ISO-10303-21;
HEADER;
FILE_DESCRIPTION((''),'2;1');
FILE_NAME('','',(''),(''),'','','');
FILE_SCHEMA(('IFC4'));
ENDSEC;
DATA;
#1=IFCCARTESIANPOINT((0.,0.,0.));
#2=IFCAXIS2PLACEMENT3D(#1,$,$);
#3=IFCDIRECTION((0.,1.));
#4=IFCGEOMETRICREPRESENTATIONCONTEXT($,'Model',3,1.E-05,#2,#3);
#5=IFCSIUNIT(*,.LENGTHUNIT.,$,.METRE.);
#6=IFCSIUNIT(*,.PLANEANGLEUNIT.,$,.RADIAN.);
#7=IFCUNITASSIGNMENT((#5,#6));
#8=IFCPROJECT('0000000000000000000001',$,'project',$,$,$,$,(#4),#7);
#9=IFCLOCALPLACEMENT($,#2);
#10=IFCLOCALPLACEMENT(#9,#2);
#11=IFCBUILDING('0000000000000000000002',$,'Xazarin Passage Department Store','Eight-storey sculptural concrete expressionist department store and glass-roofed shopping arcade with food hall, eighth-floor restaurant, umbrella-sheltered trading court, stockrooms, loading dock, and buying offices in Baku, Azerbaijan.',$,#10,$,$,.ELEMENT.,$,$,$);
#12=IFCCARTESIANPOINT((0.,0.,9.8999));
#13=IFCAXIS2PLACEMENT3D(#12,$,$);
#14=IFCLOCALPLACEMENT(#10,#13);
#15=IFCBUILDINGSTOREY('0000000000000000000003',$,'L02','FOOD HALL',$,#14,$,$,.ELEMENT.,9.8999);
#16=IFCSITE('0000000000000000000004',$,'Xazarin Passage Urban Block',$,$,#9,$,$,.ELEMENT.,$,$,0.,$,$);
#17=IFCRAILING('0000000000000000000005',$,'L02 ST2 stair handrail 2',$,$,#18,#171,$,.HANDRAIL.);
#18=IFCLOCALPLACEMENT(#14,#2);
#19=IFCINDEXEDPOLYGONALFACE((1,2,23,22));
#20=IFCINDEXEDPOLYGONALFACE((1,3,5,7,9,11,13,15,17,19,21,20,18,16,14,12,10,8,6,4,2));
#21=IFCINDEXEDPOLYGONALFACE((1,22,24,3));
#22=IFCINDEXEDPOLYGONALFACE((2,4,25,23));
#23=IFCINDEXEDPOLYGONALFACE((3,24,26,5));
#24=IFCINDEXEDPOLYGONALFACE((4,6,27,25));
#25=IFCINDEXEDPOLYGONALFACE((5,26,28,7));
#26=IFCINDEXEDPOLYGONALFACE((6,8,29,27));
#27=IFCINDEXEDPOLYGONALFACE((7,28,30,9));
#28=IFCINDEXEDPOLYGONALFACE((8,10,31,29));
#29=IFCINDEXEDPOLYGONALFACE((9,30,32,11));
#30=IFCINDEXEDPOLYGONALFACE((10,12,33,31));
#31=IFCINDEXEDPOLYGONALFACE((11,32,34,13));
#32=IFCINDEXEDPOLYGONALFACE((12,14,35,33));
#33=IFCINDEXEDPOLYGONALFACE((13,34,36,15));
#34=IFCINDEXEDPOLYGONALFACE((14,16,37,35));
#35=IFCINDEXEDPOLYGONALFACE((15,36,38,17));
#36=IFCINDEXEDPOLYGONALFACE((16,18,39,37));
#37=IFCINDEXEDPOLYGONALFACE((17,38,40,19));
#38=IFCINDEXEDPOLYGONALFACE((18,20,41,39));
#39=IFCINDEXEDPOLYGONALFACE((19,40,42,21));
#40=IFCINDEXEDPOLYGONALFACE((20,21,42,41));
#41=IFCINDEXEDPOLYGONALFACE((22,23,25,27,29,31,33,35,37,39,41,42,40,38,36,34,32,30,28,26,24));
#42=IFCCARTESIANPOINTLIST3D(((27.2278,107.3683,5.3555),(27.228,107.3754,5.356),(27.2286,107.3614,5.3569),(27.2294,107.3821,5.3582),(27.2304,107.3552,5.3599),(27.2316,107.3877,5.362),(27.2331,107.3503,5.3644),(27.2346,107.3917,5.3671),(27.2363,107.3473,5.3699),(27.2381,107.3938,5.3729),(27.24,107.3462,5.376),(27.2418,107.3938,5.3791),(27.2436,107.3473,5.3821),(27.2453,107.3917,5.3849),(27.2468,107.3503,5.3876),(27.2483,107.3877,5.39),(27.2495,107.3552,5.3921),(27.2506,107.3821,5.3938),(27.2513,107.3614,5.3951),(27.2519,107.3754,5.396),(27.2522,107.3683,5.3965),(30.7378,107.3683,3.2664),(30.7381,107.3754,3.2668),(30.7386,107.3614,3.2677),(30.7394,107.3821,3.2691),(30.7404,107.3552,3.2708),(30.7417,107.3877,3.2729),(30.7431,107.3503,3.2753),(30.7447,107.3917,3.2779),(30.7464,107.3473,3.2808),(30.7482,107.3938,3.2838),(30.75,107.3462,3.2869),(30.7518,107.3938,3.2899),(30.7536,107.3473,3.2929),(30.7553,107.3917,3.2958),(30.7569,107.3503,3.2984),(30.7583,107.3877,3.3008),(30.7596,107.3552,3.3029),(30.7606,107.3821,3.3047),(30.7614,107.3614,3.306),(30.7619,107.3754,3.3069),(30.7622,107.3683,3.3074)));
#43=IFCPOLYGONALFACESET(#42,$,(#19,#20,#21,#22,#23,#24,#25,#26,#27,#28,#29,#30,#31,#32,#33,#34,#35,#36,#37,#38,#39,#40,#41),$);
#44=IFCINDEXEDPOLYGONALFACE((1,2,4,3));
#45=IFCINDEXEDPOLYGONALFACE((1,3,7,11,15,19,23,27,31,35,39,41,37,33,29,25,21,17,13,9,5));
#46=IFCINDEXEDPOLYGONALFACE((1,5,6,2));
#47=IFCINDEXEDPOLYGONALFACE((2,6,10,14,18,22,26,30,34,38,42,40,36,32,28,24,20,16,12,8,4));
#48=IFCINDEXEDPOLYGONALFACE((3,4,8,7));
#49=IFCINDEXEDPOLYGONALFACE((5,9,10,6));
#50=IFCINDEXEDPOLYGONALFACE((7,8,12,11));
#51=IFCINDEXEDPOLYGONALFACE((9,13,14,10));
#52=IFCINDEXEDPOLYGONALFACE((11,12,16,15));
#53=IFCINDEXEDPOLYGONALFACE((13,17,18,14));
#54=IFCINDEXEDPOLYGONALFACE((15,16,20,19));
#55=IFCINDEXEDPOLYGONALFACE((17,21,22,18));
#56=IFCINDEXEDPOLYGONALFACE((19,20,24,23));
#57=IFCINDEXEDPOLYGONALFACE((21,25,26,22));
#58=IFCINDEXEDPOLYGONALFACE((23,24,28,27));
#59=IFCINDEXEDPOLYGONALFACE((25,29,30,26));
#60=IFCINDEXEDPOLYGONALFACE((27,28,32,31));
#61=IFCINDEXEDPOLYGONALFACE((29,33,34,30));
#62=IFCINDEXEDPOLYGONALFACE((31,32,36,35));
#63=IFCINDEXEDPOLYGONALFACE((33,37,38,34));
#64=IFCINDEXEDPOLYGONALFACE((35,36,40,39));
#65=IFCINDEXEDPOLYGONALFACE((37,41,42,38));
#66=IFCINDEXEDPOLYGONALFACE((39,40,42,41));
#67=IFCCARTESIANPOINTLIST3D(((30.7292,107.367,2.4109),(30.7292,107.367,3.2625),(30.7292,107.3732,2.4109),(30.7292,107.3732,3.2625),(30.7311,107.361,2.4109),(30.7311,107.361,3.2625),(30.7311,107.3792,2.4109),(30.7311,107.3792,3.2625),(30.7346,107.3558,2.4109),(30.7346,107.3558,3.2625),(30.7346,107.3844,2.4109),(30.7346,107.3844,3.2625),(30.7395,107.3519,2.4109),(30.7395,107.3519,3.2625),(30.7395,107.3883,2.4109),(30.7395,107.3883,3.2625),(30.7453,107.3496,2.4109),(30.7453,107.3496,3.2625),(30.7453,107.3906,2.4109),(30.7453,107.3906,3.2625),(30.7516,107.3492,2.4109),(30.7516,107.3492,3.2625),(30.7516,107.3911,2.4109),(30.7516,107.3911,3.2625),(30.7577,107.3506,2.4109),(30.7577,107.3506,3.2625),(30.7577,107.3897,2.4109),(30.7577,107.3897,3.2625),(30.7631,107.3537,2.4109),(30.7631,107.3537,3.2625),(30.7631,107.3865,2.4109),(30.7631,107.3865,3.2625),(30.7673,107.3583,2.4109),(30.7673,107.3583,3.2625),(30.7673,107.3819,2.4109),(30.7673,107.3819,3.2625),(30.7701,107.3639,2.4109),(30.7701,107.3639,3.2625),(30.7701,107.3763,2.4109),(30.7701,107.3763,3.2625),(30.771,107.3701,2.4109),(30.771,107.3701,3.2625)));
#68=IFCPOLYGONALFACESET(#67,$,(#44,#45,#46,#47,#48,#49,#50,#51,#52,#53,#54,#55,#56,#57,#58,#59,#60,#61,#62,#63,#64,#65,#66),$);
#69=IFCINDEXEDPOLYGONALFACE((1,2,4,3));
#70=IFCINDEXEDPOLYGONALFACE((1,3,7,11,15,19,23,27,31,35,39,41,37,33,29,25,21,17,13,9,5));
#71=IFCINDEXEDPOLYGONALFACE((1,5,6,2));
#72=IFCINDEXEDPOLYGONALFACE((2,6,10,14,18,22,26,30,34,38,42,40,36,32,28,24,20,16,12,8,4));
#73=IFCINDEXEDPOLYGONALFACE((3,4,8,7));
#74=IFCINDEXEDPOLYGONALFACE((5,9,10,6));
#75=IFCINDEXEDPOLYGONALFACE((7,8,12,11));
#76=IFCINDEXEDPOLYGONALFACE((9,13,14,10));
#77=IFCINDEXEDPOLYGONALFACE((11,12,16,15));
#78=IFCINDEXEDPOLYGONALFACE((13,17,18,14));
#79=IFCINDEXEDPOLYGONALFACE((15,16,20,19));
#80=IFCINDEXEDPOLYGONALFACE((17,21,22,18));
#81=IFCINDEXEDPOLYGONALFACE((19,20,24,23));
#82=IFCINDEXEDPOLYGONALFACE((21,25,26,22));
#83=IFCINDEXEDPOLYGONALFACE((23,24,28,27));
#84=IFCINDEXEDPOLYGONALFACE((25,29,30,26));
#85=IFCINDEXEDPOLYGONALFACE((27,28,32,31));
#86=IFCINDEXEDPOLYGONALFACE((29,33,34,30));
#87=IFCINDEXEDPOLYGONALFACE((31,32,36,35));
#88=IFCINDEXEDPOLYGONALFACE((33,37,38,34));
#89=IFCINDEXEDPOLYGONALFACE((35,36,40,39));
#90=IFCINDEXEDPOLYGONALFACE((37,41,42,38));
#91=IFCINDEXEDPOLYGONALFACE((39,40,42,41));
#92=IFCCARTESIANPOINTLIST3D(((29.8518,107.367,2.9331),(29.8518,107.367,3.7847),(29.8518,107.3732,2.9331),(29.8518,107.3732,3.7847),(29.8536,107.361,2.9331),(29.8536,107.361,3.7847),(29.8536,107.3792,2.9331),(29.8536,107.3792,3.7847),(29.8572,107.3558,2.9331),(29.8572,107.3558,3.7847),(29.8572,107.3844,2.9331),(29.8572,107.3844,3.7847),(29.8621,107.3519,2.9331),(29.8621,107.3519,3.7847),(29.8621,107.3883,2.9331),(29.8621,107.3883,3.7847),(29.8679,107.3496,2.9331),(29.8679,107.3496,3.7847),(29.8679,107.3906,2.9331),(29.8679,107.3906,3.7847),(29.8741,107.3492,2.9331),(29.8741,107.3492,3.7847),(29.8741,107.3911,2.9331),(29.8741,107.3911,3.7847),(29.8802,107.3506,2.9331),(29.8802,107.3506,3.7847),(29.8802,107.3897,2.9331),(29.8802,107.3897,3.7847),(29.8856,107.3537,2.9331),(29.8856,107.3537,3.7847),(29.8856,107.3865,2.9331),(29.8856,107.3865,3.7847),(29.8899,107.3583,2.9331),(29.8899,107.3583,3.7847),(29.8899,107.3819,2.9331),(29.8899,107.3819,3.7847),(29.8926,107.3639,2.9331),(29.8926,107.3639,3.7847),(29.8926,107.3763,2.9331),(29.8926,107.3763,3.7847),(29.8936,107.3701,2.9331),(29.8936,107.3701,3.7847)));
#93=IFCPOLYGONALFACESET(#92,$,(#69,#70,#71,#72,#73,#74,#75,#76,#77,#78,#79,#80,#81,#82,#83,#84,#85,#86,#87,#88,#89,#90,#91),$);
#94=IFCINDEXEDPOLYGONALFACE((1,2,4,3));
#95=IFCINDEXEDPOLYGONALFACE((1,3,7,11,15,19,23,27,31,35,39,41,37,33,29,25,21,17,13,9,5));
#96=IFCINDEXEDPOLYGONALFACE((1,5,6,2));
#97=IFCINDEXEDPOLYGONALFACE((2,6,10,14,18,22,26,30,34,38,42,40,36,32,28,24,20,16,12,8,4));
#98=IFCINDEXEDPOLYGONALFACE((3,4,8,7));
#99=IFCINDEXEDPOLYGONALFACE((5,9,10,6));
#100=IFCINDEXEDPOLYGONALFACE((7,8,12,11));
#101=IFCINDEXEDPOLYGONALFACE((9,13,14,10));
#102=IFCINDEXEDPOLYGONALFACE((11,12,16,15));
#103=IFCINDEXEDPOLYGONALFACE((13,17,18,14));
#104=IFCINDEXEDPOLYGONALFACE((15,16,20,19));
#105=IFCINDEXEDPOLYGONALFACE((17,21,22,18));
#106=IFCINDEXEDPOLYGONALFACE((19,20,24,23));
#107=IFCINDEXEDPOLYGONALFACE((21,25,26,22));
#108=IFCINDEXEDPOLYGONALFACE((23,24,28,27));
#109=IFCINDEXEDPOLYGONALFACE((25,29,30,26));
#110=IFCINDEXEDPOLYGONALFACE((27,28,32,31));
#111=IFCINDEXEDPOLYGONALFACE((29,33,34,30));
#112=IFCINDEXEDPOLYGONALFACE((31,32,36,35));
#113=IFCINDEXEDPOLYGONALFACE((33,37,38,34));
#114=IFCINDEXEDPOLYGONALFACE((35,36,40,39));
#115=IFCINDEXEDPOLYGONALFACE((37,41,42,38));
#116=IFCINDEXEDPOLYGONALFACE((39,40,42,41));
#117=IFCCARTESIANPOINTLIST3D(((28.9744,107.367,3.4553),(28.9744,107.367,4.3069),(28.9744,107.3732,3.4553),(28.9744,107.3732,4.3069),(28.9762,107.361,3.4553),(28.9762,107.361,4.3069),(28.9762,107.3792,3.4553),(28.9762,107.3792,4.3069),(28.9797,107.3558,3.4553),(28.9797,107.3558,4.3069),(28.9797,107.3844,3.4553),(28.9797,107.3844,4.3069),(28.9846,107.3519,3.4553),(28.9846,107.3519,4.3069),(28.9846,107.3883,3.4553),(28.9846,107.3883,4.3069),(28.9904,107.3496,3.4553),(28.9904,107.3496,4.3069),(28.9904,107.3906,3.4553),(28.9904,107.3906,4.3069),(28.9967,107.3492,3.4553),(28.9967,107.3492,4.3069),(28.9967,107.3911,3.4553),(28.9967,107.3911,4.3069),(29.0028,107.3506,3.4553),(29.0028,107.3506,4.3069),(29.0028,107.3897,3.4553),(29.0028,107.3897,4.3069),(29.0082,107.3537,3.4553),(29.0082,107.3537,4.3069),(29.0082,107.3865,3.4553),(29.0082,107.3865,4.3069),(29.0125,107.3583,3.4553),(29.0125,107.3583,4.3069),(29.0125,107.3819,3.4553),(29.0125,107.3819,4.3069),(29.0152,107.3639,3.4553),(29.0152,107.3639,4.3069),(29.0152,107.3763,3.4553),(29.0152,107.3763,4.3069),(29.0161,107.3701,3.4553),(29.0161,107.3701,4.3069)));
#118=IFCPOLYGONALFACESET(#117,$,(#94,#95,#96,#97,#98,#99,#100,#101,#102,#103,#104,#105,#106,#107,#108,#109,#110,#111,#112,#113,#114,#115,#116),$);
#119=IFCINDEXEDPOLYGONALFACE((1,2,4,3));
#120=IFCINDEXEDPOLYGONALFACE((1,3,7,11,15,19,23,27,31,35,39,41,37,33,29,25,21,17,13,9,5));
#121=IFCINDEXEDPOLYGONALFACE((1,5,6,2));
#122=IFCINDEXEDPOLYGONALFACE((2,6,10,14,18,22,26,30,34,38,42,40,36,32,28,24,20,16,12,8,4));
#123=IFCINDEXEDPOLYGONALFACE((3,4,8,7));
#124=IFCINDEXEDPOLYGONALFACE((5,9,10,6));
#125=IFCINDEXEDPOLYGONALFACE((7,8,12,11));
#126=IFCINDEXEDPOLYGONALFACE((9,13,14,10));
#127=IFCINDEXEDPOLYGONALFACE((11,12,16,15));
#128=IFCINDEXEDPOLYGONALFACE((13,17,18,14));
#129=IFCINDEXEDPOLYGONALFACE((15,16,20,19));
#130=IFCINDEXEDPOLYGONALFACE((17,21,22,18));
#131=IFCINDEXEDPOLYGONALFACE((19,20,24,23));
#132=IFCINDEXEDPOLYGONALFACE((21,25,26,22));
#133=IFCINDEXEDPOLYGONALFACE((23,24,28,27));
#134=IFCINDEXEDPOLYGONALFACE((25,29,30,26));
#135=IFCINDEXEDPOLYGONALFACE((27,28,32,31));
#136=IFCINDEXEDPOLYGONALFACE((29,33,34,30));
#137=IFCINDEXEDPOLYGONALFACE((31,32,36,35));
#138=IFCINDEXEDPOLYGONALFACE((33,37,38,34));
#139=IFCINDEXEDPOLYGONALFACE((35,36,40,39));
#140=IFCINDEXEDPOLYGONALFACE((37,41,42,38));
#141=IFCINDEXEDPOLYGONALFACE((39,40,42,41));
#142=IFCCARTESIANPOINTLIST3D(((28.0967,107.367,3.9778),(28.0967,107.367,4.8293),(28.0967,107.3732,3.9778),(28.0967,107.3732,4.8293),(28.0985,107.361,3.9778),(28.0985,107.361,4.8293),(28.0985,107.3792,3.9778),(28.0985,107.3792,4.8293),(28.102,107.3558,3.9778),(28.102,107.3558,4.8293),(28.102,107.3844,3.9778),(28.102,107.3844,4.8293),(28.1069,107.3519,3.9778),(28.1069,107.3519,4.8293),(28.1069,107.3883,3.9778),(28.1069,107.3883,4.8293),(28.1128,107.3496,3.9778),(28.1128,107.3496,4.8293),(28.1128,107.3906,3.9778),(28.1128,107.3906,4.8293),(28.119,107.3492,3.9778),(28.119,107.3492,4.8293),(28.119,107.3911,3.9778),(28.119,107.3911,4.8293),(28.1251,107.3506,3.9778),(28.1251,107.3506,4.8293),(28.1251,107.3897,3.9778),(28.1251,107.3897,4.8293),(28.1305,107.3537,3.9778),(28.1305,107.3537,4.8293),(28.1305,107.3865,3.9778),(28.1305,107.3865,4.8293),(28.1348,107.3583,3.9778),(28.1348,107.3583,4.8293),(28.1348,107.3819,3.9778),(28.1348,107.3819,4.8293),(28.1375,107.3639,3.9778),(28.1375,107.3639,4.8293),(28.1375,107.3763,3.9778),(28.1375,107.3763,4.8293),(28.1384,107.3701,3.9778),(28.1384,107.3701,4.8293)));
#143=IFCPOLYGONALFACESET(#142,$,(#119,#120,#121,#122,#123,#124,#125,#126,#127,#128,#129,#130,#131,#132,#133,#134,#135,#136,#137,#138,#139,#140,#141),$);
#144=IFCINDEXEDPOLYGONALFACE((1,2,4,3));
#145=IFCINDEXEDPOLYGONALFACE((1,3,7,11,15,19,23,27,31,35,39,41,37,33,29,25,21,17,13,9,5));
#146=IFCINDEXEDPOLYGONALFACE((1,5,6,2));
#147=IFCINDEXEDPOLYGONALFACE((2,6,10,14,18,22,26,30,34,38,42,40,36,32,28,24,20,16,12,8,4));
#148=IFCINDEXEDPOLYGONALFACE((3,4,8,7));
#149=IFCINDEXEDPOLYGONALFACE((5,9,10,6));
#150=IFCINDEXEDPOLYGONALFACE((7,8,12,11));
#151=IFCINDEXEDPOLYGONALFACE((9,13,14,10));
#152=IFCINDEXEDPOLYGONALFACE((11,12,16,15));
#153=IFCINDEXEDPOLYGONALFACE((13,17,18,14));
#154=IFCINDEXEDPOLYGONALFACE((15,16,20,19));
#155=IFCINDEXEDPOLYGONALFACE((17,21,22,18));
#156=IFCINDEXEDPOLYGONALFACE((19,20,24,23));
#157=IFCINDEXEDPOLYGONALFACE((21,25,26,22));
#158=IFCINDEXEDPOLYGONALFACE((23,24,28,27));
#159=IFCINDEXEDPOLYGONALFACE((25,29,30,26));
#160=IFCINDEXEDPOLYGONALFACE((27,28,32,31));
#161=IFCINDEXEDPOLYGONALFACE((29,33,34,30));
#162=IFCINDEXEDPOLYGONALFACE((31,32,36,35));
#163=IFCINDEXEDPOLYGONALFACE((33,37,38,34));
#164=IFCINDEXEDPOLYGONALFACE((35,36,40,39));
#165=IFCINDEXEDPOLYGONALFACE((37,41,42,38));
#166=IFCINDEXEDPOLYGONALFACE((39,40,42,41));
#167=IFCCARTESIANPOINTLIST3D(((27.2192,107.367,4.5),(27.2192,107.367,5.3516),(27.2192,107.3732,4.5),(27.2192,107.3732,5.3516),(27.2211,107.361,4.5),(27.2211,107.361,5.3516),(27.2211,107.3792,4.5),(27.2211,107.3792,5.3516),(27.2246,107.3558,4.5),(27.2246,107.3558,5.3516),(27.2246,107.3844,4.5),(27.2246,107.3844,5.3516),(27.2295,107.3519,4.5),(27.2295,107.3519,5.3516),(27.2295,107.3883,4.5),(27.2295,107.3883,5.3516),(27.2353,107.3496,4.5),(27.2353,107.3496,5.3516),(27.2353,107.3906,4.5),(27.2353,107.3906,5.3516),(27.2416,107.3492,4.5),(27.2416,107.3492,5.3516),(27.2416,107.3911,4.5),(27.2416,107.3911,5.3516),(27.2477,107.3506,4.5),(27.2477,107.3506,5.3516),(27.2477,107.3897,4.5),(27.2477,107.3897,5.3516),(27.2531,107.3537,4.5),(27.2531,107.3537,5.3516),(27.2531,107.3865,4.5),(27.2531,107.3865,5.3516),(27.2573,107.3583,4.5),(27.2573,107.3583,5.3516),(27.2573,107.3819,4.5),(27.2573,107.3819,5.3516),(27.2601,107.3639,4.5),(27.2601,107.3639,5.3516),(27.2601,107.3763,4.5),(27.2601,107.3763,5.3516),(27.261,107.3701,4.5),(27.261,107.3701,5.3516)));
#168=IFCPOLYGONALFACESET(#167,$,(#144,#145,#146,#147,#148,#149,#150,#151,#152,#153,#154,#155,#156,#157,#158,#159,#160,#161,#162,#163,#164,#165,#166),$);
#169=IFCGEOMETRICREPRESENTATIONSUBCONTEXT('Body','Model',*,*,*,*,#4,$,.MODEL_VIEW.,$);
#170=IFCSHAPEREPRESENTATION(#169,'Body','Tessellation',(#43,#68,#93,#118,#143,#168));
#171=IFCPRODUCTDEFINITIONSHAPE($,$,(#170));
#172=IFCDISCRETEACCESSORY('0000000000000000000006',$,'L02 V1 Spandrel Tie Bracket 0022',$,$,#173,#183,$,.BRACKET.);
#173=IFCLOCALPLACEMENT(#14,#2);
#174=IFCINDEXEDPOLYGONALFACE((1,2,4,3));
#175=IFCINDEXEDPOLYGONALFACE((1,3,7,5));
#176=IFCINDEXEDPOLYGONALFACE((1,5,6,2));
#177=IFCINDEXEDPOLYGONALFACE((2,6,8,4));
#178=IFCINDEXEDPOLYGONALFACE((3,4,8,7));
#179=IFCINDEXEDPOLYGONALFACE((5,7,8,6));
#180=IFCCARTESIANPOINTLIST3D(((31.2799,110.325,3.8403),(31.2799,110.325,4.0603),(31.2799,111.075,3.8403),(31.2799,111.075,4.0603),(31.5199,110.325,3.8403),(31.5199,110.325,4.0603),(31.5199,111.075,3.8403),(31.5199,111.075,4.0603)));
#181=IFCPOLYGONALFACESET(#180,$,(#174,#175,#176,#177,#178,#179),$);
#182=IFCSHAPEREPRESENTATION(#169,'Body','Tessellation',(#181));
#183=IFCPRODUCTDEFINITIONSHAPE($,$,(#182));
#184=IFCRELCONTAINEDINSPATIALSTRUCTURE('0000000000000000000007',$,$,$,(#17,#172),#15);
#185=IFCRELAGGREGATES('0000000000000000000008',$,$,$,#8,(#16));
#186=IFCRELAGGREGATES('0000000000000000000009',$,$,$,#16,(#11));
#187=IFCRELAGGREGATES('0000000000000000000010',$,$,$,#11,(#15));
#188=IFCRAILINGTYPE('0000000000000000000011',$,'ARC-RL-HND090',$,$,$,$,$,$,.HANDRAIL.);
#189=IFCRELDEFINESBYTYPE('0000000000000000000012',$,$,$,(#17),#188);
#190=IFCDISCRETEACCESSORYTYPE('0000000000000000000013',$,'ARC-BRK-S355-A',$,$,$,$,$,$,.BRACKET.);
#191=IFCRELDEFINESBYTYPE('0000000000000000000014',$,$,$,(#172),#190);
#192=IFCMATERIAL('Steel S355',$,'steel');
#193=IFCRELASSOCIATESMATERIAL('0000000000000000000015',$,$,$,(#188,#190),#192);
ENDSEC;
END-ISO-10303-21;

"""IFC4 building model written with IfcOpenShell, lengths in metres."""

from ifc_helpers import new_model, si_unit, direction, frame, origin, origin_2d, place, context, subcontext, project, spatial, rectangle, circle, extrude, material, type_object, element, save


model = new_model("IFC4")

# Units and contexts
model_context = context("Model", 3, precision=1e-05, world=origin(), true_north=direction((0.0, 1.0)))
body_context = subcontext(model_context, "Body", "Model", "MODEL_VIEW")
ifc_project = project(units=[si_unit("LENGTHUNIT", "METRE"), si_unit("PLANEANGLEUNIT", "RADIAN")], contexts=[model_context])

# Site, building, storey
site_placement = place(None, origin())
site = spatial("IfcSite", under=ifc_project, at=site_placement, Name="Xazarin Passage Urban Block", CompositionType="ELEMENT", RefElevation=0.0)
building_placement = place(site_placement, origin())
building = spatial("IfcBuilding", under=site, at=building_placement, Name="Xazarin Passage Department Store", Description="Eight-storey sculptural concrete expressionist department store and glass-roofed shopping arcade with food hall, eighth-floor restaurant, umbrella-sheltered trading court, stockrooms, loading dock, and buying offices in Baku, Azerbaijan.", CompositionType="ELEMENT")
storey_placement = place(building_placement, frame((0.0, 0.0, 9.8999)))
storey = spatial("IfcBuildingStorey", under=building, at=storey_placement, Name="L02", Description="FOOD HALL", CompositionType="ELEMENT", Elevation=9.8999)

# Railing
ifc_material_1 = material(Name="Steel S355", Category="steel")
railing_type_1 = type_object("IfcRailingType", Name="ARC-RL-HND090", PredefinedType="HANDRAIL", material=ifc_material_1)
railing_1_placement = place(storey_placement, frame((30.75, 107.3701, 2.4109)))
element("IfcRailing", 1, at=railing_1_placement, inside=storey, type_object=railing_type_1, Name="L02 ST2 stair handrail 2", PredefinedType="HANDRAIL", context=body_context, shape_type="SweptSolid", body=[
    extrude(circle(Radius=0.0239, at=origin_2d()), frame((0.0, 0.0, 0.876), z_axis=(-0.859312, 0.0, 0.511451), x_axis=(0.0, -1.0, 0.0)), (0.0, 0.0, 1.0), 4.0847),
    extrude(circle(Radius=0.021, at=origin_2d()), origin(), (0.0, 0.0, 1.0), 0.8516),
    extrude(circle(Radius=0.021, at=origin_2d()), frame((-0.8774, 0.0, 0.5222)), (0.0, 0.0, 1.0), 0.8516),
    extrude(circle(Radius=0.021, at=origin_2d()), frame((-1.7549, 0.0, 1.0444)), (0.0, 0.0, 1.0), 0.8516),
    extrude(circle(Radius=0.021, at=origin_2d()), frame((-2.6326, 0.0, 1.5669)), (0.0, 0.0, 1.0), 0.8516),
    extrude(circle(Radius=0.021, at=origin_2d()), frame((-3.51, 0.0, 2.0891)), (0.0, 0.0, 1.0), 0.8516),
])

# Discrete accessory
discrete_accessory_type = type_object("IfcDiscreteAccessoryType", Name="ARC-BRK-S355-A", PredefinedType="BRACKET", material=ifc_material_1)
discrete_accessory_placement = place(storey_placement, frame((31.3999, 110.7, 3.8403), z_axis=(0.0, 0.0, 1.0), x_axis=(1.0, 0.0, 0.0)))
element("IfcDiscreteAccessory", 2, at=discrete_accessory_placement, inside=storey, type_object=discrete_accessory_type, Name="L02 V1 Spandrel Tie Bracket 0022", PredefinedType="BRACKET", context=body_context, shape_type="SweptSolid", body=[
    extrude(rectangle(XDim=0.24, YDim=0.75, at=origin_2d()), origin(), (0.0, 0.0, 1.0), 0.22),
])

save(model, "model.ifc")
